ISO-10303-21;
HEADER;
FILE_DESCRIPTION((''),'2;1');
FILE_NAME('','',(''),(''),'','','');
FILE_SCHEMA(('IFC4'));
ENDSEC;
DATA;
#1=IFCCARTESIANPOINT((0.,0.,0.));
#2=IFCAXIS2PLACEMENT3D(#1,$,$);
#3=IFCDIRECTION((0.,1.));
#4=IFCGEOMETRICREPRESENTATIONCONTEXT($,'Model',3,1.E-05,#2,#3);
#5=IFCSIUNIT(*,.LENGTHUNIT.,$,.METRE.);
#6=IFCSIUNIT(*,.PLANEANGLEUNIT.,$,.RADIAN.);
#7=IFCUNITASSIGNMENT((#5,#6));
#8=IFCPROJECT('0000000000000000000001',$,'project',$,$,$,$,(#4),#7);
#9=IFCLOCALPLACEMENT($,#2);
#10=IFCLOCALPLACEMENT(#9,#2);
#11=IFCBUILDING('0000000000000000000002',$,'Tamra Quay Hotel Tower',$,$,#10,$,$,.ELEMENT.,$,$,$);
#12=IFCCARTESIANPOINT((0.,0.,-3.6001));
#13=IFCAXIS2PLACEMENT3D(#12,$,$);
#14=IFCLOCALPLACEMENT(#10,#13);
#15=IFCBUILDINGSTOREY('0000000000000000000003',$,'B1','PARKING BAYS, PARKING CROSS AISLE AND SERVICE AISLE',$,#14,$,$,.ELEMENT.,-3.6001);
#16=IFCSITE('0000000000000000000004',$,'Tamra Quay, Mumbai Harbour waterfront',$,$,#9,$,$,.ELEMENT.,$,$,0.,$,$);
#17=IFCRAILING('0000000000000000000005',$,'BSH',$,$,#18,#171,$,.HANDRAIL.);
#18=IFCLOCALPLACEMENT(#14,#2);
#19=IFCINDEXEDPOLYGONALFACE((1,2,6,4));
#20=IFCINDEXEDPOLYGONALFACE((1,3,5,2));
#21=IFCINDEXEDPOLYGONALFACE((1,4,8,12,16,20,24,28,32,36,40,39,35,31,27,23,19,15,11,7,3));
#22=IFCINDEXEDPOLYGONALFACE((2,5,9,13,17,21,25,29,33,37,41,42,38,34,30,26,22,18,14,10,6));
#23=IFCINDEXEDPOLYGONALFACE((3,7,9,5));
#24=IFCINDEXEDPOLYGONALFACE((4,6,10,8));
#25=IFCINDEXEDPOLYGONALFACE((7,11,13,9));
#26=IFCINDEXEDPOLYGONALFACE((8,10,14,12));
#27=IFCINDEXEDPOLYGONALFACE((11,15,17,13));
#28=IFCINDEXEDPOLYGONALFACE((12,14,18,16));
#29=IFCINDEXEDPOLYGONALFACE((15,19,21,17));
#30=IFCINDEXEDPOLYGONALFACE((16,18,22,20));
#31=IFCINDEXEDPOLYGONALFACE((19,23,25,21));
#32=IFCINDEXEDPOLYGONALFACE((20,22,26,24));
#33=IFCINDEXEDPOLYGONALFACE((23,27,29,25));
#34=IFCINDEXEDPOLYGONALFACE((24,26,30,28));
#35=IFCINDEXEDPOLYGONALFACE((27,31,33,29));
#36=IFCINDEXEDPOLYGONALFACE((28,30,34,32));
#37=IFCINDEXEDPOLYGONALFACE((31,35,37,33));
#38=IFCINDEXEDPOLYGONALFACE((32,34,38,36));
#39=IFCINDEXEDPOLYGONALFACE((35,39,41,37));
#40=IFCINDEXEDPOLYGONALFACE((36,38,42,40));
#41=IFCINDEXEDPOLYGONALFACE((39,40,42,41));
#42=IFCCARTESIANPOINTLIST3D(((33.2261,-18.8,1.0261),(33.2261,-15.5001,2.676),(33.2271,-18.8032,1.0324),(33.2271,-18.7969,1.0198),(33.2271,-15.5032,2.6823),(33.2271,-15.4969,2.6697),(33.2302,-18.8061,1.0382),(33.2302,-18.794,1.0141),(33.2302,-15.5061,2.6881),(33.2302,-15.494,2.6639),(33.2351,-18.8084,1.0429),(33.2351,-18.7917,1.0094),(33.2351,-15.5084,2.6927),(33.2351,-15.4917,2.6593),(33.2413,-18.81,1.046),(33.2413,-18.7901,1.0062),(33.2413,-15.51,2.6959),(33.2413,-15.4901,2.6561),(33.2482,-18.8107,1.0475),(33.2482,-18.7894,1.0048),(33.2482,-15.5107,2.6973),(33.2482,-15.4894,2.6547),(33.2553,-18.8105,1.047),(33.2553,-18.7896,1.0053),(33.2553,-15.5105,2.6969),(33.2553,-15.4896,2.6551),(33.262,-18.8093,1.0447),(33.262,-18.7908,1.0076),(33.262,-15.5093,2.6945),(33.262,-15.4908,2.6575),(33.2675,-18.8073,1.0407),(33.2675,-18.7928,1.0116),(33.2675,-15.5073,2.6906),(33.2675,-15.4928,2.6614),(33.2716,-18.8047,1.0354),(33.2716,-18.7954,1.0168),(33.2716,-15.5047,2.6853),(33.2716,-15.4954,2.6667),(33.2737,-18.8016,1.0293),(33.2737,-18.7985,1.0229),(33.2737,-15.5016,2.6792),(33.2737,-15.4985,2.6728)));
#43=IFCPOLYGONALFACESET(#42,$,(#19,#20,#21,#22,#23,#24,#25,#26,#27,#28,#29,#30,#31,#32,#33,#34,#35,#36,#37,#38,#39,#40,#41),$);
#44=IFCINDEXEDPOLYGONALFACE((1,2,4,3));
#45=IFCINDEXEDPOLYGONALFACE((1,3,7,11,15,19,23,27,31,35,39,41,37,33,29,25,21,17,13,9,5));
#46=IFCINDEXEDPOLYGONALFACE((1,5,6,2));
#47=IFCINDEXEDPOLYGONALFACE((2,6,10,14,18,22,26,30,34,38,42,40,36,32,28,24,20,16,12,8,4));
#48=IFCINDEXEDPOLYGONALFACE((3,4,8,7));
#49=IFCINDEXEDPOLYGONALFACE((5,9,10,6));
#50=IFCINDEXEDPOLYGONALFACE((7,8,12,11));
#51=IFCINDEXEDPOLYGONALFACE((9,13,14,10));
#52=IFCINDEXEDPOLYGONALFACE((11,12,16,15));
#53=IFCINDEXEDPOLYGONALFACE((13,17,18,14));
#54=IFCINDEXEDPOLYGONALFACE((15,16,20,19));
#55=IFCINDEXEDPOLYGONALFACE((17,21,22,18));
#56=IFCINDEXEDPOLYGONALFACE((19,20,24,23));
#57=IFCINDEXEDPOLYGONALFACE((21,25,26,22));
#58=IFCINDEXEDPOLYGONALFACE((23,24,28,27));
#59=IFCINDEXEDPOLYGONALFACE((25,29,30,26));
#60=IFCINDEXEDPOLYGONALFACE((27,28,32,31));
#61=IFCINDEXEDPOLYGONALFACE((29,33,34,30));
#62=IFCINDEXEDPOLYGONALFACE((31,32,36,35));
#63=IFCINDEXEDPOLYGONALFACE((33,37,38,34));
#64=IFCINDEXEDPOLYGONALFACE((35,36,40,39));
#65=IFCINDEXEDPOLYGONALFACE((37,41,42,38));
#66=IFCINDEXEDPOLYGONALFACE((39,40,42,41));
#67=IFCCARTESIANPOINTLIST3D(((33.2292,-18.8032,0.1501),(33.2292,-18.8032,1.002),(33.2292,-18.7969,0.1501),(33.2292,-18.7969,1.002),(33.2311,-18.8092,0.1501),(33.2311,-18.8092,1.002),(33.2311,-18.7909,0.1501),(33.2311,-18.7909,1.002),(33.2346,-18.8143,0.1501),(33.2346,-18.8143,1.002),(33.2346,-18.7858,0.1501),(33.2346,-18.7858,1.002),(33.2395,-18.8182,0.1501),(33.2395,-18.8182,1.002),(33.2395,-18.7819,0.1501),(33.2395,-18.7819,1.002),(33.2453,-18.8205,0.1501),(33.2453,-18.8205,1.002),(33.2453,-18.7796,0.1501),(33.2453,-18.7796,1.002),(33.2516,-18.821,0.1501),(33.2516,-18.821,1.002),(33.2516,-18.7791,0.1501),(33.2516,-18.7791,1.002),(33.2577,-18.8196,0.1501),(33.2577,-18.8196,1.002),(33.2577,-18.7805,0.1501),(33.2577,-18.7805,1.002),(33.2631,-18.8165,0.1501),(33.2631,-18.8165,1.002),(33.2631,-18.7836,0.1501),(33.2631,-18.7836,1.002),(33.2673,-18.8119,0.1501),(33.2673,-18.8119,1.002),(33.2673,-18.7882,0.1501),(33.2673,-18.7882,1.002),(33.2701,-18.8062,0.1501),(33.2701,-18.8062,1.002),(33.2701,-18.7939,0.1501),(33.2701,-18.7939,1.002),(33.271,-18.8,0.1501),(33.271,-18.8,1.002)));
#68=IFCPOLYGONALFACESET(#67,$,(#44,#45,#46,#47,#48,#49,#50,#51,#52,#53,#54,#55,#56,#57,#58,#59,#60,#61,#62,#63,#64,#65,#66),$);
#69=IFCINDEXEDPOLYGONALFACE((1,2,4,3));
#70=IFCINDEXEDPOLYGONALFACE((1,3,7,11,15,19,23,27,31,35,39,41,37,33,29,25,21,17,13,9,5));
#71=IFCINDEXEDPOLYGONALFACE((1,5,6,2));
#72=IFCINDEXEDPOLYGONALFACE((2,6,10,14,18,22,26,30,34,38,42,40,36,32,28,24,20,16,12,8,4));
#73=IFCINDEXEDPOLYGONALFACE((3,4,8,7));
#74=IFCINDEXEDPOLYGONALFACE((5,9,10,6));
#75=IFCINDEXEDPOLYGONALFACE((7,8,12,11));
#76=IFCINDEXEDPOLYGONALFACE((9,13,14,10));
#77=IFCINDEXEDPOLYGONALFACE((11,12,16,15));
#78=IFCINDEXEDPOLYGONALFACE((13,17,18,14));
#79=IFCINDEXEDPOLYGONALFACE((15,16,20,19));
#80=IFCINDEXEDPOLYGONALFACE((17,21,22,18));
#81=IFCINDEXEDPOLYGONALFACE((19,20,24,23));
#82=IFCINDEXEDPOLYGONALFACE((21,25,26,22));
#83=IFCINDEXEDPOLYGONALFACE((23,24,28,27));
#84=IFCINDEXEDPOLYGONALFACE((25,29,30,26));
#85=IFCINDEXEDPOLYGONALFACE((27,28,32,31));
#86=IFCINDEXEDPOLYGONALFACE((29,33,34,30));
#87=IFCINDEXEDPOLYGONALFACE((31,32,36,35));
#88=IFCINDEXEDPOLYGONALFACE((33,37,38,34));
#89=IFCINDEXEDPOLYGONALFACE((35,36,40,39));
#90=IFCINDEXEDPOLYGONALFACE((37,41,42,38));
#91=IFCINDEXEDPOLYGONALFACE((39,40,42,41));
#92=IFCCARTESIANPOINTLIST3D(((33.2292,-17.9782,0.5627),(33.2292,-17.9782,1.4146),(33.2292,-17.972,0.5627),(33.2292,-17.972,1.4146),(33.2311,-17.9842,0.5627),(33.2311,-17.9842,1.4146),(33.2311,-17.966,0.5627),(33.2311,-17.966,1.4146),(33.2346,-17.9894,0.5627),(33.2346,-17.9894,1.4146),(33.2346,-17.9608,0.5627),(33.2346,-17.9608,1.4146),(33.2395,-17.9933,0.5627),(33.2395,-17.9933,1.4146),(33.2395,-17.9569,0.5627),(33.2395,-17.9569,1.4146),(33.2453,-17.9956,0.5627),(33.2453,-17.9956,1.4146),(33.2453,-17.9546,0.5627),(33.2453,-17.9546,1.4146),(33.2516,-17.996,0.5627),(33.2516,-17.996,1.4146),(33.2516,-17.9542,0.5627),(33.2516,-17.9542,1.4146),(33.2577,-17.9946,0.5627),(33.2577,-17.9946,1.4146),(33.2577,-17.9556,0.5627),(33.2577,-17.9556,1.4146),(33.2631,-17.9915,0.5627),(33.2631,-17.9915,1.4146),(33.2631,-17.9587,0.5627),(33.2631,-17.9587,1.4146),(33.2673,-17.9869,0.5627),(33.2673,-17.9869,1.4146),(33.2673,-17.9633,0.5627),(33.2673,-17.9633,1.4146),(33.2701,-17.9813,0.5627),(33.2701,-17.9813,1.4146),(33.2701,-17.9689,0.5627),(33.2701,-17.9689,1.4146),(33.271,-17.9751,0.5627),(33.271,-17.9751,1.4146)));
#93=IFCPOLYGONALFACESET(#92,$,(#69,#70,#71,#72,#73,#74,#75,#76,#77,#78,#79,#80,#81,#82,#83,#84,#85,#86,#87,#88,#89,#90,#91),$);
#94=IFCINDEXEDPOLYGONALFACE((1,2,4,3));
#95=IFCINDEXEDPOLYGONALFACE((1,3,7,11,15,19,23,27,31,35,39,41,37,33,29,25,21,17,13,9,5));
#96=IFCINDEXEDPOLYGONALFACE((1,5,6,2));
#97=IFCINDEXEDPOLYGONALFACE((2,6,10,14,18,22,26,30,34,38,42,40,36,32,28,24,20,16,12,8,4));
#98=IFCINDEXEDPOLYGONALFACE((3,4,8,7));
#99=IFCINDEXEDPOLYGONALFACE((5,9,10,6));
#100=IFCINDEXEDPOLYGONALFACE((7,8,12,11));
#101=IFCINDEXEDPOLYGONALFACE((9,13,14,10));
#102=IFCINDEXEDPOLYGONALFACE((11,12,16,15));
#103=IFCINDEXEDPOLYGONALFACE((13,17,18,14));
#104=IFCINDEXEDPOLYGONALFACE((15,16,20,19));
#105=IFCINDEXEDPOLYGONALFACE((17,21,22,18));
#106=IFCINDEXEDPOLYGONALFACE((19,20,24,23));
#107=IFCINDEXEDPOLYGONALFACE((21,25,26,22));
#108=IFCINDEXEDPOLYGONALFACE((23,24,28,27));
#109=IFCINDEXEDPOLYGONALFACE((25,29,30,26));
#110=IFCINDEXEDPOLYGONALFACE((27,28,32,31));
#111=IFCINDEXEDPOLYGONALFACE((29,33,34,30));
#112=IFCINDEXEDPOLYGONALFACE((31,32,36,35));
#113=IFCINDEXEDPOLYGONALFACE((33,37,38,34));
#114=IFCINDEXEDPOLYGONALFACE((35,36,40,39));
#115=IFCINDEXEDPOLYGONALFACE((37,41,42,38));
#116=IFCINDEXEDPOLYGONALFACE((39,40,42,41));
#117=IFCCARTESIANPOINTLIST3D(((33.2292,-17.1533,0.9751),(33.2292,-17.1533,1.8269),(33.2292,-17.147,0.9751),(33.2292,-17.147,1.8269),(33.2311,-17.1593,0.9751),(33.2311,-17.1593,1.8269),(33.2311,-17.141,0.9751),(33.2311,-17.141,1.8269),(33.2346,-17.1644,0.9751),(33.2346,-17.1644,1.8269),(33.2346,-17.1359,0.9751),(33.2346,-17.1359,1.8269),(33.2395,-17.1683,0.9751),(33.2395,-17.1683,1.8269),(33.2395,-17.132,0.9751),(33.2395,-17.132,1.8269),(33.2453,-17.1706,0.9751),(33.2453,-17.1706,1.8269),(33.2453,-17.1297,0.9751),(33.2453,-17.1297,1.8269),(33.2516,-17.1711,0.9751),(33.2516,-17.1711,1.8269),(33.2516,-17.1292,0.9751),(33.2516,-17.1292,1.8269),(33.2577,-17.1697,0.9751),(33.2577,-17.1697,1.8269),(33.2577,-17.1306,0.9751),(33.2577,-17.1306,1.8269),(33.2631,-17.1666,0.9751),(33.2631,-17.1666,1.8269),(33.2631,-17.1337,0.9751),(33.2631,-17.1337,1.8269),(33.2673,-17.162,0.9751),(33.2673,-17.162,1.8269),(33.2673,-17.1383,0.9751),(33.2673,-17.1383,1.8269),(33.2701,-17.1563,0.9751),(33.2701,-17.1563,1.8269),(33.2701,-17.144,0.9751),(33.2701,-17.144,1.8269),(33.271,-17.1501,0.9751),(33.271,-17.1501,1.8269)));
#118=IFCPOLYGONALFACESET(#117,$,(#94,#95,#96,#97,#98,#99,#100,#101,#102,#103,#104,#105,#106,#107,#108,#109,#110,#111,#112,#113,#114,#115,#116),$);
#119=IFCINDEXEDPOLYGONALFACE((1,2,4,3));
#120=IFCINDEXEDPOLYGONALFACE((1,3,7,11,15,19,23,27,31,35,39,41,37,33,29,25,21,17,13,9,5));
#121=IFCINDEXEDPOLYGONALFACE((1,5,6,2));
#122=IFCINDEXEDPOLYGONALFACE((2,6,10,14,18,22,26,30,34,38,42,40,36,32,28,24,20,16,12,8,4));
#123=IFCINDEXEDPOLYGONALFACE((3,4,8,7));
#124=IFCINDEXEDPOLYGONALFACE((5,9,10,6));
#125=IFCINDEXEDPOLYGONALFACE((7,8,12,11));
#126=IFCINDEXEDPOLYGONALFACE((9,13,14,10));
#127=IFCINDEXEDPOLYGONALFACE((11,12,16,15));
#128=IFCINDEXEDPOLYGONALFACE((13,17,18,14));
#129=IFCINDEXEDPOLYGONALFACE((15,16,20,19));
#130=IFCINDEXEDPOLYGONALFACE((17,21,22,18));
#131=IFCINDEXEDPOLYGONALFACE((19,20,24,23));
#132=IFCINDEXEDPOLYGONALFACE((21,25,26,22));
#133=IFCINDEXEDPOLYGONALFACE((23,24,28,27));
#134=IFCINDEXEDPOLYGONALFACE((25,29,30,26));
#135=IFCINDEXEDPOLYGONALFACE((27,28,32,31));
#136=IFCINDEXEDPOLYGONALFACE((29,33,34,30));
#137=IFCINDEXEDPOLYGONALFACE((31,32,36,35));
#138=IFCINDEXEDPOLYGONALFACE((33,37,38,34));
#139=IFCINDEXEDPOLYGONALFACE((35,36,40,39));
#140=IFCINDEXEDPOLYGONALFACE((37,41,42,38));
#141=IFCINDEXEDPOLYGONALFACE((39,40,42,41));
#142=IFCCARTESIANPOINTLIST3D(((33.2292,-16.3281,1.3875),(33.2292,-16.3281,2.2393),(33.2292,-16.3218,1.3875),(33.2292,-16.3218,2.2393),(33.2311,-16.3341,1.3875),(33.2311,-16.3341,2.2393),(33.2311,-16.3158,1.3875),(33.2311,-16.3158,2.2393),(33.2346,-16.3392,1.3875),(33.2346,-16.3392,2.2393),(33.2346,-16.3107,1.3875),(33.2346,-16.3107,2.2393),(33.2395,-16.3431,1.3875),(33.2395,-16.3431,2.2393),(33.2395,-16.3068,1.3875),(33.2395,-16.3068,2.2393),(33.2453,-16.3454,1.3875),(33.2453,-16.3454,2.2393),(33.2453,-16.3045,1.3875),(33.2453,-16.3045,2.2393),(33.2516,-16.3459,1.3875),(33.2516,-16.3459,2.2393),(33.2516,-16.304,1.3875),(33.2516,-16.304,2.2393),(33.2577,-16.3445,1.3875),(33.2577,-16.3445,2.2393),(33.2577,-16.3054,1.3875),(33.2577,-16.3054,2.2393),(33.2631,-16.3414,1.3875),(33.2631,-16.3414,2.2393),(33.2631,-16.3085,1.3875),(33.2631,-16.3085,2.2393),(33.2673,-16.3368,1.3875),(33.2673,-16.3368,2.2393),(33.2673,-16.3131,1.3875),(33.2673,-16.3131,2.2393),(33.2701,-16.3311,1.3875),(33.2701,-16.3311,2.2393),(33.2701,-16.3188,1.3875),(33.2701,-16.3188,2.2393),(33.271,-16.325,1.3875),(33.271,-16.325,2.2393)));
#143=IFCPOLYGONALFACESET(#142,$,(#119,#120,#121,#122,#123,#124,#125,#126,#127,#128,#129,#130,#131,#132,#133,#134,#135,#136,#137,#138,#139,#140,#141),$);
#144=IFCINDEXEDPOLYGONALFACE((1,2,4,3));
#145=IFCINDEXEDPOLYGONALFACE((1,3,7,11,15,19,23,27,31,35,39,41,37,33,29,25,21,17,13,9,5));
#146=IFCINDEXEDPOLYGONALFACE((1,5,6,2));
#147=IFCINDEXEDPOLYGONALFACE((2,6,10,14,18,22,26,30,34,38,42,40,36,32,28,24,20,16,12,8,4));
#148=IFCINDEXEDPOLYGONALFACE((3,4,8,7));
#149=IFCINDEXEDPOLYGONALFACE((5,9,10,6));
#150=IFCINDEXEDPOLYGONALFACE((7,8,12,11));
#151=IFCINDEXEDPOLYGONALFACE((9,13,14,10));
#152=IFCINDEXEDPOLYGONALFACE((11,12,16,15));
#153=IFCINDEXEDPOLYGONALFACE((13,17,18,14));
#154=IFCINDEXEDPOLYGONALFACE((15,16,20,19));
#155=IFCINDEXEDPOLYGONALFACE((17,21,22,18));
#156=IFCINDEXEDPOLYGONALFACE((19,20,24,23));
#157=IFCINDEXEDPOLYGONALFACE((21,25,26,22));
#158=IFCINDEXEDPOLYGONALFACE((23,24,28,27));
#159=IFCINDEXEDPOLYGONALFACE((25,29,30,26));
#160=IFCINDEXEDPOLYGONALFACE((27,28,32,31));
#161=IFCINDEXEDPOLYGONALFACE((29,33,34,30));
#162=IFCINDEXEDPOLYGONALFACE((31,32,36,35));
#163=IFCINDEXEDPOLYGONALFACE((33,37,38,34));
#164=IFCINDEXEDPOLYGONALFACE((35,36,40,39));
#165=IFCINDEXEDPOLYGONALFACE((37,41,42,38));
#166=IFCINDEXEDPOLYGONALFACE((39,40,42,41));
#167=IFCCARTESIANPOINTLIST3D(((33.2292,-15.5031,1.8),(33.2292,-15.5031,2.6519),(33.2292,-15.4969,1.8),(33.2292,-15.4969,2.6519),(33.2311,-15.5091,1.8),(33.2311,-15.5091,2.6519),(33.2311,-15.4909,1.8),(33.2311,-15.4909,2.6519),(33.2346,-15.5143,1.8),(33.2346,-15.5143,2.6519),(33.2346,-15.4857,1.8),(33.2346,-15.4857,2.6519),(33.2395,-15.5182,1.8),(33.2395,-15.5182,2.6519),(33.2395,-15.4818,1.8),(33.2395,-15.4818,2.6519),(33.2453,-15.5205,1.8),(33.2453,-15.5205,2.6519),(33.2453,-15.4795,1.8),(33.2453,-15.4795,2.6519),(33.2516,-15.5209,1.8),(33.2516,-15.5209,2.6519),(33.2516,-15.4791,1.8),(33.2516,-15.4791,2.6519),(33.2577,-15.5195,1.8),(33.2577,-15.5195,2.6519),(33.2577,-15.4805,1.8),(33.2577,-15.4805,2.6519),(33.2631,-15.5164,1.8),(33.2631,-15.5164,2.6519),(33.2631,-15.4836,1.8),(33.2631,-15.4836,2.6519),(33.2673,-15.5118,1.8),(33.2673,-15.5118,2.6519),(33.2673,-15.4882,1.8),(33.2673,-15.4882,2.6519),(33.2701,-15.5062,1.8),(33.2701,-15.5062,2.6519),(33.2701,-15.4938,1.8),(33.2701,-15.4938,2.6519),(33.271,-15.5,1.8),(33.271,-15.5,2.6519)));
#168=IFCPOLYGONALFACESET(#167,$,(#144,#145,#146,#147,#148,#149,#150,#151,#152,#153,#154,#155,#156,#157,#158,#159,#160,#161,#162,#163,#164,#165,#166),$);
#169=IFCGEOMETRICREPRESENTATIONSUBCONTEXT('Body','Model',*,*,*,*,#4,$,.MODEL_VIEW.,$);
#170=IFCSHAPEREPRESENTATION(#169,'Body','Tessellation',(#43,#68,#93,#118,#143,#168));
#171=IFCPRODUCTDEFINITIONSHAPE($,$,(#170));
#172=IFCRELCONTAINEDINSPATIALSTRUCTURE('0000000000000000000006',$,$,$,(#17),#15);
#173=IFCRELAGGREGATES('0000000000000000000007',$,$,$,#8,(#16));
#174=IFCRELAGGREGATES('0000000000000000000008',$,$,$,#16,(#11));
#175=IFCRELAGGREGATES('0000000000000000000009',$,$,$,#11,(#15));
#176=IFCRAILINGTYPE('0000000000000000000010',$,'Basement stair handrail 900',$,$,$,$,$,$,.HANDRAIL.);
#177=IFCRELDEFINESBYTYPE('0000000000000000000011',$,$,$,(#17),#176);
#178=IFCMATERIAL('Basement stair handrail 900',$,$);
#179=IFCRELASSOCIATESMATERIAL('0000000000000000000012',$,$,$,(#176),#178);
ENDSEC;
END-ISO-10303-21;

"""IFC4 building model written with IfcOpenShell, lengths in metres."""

from ifc_helpers import new_model, si_unit, direction, frame, origin, origin_2d, place, context, subcontext, project, spatial, circle, extrude, material, type_object, element, save


model = new_model("IFC4")

# Units and contexts
model_context = context("Model", 3, precision=1e-05, world=origin(), true_north=direction((0.0, 1.0)))
body_context = subcontext(model_context, "Body", "Model", "MODEL_VIEW")
ifc_project = project(units=[si_unit("LENGTHUNIT", "METRE"), si_unit("PLANEANGLEUNIT", "RADIAN")], contexts=[model_context])

# Site, building, storey
site_placement = place(None, origin())
site = spatial("IfcSite", under=ifc_project, at=site_placement, Name="Tamra Quay, Mumbai Harbour waterfront", CompositionType="ELEMENT", RefElevation=0.0)
building_placement = place(site_placement, origin())
building = spatial("IfcBuilding", under=site, at=building_placement, Name="Tamra Quay Hotel Tower", CompositionType="ELEMENT")
storey_placement = place(building_placement, frame((0.0, 0.0, -3.6001)))
storey = spatial("IfcBuildingStorey", under=building, at=storey_placement, Name="B1", Description="PARKING BAYS, PARKING CROSS AISLE AND SERVICE AISLE", CompositionType="ELEMENT", Elevation=-3.6001)

# Railing
ifc_material_1 = material(Name="Basement stair handrail 900")
railing_type_1 = type_object("IfcRailingType", Name="Basement stair handrail 900", PredefinedType="HANDRAIL", material=ifc_material_1)
railing_1_placement = place(storey_placement, frame((33.25, -18.8, 0.1501)))
element("IfcRailing", 1, at=railing_1_placement, inside=storey, type_object=railing_type_1, Name="BSH", PredefinedType="HANDRAIL", context=body_context, shape_type="SweptSolid", body=[
    extrude(circle(Radius=0.0239, at=origin_2d()), frame((0.0, 0.0, 0.876), z_axis=(0.0, 0.89444, 0.447187), x_axis=(-1.0, 0.0, 0.0)), (0.0, 0.0, 1.0), 3.6895),
    extrude(circle(Radius=0.021, at=origin_2d()), origin(), (0.0, 0.0, 1.0), 0.8518),
    extrude(circle(Radius=0.021, at=origin_2d()), frame((0.0, 0.825, 0.4126)), (0.0, 0.0, 1.0), 0.8518),
    extrude(circle(Radius=0.021, at=origin_2d()), frame((0.0, 1.6499, 0.825)), (0.0, 0.0, 1.0), 0.8518),
    extrude(circle(Radius=0.021, at=origin_2d()), frame((0.0, 2.4751, 1.2373)), (0.0, 0.0, 1.0), 0.8518),
    extrude(circle(Radius=0.021, at=origin_2d()), frame((0.0, 3.3, 1.6499)), (0.0, 0.0, 1.0), 0.8518),
])

save(model, "model.ifc")
